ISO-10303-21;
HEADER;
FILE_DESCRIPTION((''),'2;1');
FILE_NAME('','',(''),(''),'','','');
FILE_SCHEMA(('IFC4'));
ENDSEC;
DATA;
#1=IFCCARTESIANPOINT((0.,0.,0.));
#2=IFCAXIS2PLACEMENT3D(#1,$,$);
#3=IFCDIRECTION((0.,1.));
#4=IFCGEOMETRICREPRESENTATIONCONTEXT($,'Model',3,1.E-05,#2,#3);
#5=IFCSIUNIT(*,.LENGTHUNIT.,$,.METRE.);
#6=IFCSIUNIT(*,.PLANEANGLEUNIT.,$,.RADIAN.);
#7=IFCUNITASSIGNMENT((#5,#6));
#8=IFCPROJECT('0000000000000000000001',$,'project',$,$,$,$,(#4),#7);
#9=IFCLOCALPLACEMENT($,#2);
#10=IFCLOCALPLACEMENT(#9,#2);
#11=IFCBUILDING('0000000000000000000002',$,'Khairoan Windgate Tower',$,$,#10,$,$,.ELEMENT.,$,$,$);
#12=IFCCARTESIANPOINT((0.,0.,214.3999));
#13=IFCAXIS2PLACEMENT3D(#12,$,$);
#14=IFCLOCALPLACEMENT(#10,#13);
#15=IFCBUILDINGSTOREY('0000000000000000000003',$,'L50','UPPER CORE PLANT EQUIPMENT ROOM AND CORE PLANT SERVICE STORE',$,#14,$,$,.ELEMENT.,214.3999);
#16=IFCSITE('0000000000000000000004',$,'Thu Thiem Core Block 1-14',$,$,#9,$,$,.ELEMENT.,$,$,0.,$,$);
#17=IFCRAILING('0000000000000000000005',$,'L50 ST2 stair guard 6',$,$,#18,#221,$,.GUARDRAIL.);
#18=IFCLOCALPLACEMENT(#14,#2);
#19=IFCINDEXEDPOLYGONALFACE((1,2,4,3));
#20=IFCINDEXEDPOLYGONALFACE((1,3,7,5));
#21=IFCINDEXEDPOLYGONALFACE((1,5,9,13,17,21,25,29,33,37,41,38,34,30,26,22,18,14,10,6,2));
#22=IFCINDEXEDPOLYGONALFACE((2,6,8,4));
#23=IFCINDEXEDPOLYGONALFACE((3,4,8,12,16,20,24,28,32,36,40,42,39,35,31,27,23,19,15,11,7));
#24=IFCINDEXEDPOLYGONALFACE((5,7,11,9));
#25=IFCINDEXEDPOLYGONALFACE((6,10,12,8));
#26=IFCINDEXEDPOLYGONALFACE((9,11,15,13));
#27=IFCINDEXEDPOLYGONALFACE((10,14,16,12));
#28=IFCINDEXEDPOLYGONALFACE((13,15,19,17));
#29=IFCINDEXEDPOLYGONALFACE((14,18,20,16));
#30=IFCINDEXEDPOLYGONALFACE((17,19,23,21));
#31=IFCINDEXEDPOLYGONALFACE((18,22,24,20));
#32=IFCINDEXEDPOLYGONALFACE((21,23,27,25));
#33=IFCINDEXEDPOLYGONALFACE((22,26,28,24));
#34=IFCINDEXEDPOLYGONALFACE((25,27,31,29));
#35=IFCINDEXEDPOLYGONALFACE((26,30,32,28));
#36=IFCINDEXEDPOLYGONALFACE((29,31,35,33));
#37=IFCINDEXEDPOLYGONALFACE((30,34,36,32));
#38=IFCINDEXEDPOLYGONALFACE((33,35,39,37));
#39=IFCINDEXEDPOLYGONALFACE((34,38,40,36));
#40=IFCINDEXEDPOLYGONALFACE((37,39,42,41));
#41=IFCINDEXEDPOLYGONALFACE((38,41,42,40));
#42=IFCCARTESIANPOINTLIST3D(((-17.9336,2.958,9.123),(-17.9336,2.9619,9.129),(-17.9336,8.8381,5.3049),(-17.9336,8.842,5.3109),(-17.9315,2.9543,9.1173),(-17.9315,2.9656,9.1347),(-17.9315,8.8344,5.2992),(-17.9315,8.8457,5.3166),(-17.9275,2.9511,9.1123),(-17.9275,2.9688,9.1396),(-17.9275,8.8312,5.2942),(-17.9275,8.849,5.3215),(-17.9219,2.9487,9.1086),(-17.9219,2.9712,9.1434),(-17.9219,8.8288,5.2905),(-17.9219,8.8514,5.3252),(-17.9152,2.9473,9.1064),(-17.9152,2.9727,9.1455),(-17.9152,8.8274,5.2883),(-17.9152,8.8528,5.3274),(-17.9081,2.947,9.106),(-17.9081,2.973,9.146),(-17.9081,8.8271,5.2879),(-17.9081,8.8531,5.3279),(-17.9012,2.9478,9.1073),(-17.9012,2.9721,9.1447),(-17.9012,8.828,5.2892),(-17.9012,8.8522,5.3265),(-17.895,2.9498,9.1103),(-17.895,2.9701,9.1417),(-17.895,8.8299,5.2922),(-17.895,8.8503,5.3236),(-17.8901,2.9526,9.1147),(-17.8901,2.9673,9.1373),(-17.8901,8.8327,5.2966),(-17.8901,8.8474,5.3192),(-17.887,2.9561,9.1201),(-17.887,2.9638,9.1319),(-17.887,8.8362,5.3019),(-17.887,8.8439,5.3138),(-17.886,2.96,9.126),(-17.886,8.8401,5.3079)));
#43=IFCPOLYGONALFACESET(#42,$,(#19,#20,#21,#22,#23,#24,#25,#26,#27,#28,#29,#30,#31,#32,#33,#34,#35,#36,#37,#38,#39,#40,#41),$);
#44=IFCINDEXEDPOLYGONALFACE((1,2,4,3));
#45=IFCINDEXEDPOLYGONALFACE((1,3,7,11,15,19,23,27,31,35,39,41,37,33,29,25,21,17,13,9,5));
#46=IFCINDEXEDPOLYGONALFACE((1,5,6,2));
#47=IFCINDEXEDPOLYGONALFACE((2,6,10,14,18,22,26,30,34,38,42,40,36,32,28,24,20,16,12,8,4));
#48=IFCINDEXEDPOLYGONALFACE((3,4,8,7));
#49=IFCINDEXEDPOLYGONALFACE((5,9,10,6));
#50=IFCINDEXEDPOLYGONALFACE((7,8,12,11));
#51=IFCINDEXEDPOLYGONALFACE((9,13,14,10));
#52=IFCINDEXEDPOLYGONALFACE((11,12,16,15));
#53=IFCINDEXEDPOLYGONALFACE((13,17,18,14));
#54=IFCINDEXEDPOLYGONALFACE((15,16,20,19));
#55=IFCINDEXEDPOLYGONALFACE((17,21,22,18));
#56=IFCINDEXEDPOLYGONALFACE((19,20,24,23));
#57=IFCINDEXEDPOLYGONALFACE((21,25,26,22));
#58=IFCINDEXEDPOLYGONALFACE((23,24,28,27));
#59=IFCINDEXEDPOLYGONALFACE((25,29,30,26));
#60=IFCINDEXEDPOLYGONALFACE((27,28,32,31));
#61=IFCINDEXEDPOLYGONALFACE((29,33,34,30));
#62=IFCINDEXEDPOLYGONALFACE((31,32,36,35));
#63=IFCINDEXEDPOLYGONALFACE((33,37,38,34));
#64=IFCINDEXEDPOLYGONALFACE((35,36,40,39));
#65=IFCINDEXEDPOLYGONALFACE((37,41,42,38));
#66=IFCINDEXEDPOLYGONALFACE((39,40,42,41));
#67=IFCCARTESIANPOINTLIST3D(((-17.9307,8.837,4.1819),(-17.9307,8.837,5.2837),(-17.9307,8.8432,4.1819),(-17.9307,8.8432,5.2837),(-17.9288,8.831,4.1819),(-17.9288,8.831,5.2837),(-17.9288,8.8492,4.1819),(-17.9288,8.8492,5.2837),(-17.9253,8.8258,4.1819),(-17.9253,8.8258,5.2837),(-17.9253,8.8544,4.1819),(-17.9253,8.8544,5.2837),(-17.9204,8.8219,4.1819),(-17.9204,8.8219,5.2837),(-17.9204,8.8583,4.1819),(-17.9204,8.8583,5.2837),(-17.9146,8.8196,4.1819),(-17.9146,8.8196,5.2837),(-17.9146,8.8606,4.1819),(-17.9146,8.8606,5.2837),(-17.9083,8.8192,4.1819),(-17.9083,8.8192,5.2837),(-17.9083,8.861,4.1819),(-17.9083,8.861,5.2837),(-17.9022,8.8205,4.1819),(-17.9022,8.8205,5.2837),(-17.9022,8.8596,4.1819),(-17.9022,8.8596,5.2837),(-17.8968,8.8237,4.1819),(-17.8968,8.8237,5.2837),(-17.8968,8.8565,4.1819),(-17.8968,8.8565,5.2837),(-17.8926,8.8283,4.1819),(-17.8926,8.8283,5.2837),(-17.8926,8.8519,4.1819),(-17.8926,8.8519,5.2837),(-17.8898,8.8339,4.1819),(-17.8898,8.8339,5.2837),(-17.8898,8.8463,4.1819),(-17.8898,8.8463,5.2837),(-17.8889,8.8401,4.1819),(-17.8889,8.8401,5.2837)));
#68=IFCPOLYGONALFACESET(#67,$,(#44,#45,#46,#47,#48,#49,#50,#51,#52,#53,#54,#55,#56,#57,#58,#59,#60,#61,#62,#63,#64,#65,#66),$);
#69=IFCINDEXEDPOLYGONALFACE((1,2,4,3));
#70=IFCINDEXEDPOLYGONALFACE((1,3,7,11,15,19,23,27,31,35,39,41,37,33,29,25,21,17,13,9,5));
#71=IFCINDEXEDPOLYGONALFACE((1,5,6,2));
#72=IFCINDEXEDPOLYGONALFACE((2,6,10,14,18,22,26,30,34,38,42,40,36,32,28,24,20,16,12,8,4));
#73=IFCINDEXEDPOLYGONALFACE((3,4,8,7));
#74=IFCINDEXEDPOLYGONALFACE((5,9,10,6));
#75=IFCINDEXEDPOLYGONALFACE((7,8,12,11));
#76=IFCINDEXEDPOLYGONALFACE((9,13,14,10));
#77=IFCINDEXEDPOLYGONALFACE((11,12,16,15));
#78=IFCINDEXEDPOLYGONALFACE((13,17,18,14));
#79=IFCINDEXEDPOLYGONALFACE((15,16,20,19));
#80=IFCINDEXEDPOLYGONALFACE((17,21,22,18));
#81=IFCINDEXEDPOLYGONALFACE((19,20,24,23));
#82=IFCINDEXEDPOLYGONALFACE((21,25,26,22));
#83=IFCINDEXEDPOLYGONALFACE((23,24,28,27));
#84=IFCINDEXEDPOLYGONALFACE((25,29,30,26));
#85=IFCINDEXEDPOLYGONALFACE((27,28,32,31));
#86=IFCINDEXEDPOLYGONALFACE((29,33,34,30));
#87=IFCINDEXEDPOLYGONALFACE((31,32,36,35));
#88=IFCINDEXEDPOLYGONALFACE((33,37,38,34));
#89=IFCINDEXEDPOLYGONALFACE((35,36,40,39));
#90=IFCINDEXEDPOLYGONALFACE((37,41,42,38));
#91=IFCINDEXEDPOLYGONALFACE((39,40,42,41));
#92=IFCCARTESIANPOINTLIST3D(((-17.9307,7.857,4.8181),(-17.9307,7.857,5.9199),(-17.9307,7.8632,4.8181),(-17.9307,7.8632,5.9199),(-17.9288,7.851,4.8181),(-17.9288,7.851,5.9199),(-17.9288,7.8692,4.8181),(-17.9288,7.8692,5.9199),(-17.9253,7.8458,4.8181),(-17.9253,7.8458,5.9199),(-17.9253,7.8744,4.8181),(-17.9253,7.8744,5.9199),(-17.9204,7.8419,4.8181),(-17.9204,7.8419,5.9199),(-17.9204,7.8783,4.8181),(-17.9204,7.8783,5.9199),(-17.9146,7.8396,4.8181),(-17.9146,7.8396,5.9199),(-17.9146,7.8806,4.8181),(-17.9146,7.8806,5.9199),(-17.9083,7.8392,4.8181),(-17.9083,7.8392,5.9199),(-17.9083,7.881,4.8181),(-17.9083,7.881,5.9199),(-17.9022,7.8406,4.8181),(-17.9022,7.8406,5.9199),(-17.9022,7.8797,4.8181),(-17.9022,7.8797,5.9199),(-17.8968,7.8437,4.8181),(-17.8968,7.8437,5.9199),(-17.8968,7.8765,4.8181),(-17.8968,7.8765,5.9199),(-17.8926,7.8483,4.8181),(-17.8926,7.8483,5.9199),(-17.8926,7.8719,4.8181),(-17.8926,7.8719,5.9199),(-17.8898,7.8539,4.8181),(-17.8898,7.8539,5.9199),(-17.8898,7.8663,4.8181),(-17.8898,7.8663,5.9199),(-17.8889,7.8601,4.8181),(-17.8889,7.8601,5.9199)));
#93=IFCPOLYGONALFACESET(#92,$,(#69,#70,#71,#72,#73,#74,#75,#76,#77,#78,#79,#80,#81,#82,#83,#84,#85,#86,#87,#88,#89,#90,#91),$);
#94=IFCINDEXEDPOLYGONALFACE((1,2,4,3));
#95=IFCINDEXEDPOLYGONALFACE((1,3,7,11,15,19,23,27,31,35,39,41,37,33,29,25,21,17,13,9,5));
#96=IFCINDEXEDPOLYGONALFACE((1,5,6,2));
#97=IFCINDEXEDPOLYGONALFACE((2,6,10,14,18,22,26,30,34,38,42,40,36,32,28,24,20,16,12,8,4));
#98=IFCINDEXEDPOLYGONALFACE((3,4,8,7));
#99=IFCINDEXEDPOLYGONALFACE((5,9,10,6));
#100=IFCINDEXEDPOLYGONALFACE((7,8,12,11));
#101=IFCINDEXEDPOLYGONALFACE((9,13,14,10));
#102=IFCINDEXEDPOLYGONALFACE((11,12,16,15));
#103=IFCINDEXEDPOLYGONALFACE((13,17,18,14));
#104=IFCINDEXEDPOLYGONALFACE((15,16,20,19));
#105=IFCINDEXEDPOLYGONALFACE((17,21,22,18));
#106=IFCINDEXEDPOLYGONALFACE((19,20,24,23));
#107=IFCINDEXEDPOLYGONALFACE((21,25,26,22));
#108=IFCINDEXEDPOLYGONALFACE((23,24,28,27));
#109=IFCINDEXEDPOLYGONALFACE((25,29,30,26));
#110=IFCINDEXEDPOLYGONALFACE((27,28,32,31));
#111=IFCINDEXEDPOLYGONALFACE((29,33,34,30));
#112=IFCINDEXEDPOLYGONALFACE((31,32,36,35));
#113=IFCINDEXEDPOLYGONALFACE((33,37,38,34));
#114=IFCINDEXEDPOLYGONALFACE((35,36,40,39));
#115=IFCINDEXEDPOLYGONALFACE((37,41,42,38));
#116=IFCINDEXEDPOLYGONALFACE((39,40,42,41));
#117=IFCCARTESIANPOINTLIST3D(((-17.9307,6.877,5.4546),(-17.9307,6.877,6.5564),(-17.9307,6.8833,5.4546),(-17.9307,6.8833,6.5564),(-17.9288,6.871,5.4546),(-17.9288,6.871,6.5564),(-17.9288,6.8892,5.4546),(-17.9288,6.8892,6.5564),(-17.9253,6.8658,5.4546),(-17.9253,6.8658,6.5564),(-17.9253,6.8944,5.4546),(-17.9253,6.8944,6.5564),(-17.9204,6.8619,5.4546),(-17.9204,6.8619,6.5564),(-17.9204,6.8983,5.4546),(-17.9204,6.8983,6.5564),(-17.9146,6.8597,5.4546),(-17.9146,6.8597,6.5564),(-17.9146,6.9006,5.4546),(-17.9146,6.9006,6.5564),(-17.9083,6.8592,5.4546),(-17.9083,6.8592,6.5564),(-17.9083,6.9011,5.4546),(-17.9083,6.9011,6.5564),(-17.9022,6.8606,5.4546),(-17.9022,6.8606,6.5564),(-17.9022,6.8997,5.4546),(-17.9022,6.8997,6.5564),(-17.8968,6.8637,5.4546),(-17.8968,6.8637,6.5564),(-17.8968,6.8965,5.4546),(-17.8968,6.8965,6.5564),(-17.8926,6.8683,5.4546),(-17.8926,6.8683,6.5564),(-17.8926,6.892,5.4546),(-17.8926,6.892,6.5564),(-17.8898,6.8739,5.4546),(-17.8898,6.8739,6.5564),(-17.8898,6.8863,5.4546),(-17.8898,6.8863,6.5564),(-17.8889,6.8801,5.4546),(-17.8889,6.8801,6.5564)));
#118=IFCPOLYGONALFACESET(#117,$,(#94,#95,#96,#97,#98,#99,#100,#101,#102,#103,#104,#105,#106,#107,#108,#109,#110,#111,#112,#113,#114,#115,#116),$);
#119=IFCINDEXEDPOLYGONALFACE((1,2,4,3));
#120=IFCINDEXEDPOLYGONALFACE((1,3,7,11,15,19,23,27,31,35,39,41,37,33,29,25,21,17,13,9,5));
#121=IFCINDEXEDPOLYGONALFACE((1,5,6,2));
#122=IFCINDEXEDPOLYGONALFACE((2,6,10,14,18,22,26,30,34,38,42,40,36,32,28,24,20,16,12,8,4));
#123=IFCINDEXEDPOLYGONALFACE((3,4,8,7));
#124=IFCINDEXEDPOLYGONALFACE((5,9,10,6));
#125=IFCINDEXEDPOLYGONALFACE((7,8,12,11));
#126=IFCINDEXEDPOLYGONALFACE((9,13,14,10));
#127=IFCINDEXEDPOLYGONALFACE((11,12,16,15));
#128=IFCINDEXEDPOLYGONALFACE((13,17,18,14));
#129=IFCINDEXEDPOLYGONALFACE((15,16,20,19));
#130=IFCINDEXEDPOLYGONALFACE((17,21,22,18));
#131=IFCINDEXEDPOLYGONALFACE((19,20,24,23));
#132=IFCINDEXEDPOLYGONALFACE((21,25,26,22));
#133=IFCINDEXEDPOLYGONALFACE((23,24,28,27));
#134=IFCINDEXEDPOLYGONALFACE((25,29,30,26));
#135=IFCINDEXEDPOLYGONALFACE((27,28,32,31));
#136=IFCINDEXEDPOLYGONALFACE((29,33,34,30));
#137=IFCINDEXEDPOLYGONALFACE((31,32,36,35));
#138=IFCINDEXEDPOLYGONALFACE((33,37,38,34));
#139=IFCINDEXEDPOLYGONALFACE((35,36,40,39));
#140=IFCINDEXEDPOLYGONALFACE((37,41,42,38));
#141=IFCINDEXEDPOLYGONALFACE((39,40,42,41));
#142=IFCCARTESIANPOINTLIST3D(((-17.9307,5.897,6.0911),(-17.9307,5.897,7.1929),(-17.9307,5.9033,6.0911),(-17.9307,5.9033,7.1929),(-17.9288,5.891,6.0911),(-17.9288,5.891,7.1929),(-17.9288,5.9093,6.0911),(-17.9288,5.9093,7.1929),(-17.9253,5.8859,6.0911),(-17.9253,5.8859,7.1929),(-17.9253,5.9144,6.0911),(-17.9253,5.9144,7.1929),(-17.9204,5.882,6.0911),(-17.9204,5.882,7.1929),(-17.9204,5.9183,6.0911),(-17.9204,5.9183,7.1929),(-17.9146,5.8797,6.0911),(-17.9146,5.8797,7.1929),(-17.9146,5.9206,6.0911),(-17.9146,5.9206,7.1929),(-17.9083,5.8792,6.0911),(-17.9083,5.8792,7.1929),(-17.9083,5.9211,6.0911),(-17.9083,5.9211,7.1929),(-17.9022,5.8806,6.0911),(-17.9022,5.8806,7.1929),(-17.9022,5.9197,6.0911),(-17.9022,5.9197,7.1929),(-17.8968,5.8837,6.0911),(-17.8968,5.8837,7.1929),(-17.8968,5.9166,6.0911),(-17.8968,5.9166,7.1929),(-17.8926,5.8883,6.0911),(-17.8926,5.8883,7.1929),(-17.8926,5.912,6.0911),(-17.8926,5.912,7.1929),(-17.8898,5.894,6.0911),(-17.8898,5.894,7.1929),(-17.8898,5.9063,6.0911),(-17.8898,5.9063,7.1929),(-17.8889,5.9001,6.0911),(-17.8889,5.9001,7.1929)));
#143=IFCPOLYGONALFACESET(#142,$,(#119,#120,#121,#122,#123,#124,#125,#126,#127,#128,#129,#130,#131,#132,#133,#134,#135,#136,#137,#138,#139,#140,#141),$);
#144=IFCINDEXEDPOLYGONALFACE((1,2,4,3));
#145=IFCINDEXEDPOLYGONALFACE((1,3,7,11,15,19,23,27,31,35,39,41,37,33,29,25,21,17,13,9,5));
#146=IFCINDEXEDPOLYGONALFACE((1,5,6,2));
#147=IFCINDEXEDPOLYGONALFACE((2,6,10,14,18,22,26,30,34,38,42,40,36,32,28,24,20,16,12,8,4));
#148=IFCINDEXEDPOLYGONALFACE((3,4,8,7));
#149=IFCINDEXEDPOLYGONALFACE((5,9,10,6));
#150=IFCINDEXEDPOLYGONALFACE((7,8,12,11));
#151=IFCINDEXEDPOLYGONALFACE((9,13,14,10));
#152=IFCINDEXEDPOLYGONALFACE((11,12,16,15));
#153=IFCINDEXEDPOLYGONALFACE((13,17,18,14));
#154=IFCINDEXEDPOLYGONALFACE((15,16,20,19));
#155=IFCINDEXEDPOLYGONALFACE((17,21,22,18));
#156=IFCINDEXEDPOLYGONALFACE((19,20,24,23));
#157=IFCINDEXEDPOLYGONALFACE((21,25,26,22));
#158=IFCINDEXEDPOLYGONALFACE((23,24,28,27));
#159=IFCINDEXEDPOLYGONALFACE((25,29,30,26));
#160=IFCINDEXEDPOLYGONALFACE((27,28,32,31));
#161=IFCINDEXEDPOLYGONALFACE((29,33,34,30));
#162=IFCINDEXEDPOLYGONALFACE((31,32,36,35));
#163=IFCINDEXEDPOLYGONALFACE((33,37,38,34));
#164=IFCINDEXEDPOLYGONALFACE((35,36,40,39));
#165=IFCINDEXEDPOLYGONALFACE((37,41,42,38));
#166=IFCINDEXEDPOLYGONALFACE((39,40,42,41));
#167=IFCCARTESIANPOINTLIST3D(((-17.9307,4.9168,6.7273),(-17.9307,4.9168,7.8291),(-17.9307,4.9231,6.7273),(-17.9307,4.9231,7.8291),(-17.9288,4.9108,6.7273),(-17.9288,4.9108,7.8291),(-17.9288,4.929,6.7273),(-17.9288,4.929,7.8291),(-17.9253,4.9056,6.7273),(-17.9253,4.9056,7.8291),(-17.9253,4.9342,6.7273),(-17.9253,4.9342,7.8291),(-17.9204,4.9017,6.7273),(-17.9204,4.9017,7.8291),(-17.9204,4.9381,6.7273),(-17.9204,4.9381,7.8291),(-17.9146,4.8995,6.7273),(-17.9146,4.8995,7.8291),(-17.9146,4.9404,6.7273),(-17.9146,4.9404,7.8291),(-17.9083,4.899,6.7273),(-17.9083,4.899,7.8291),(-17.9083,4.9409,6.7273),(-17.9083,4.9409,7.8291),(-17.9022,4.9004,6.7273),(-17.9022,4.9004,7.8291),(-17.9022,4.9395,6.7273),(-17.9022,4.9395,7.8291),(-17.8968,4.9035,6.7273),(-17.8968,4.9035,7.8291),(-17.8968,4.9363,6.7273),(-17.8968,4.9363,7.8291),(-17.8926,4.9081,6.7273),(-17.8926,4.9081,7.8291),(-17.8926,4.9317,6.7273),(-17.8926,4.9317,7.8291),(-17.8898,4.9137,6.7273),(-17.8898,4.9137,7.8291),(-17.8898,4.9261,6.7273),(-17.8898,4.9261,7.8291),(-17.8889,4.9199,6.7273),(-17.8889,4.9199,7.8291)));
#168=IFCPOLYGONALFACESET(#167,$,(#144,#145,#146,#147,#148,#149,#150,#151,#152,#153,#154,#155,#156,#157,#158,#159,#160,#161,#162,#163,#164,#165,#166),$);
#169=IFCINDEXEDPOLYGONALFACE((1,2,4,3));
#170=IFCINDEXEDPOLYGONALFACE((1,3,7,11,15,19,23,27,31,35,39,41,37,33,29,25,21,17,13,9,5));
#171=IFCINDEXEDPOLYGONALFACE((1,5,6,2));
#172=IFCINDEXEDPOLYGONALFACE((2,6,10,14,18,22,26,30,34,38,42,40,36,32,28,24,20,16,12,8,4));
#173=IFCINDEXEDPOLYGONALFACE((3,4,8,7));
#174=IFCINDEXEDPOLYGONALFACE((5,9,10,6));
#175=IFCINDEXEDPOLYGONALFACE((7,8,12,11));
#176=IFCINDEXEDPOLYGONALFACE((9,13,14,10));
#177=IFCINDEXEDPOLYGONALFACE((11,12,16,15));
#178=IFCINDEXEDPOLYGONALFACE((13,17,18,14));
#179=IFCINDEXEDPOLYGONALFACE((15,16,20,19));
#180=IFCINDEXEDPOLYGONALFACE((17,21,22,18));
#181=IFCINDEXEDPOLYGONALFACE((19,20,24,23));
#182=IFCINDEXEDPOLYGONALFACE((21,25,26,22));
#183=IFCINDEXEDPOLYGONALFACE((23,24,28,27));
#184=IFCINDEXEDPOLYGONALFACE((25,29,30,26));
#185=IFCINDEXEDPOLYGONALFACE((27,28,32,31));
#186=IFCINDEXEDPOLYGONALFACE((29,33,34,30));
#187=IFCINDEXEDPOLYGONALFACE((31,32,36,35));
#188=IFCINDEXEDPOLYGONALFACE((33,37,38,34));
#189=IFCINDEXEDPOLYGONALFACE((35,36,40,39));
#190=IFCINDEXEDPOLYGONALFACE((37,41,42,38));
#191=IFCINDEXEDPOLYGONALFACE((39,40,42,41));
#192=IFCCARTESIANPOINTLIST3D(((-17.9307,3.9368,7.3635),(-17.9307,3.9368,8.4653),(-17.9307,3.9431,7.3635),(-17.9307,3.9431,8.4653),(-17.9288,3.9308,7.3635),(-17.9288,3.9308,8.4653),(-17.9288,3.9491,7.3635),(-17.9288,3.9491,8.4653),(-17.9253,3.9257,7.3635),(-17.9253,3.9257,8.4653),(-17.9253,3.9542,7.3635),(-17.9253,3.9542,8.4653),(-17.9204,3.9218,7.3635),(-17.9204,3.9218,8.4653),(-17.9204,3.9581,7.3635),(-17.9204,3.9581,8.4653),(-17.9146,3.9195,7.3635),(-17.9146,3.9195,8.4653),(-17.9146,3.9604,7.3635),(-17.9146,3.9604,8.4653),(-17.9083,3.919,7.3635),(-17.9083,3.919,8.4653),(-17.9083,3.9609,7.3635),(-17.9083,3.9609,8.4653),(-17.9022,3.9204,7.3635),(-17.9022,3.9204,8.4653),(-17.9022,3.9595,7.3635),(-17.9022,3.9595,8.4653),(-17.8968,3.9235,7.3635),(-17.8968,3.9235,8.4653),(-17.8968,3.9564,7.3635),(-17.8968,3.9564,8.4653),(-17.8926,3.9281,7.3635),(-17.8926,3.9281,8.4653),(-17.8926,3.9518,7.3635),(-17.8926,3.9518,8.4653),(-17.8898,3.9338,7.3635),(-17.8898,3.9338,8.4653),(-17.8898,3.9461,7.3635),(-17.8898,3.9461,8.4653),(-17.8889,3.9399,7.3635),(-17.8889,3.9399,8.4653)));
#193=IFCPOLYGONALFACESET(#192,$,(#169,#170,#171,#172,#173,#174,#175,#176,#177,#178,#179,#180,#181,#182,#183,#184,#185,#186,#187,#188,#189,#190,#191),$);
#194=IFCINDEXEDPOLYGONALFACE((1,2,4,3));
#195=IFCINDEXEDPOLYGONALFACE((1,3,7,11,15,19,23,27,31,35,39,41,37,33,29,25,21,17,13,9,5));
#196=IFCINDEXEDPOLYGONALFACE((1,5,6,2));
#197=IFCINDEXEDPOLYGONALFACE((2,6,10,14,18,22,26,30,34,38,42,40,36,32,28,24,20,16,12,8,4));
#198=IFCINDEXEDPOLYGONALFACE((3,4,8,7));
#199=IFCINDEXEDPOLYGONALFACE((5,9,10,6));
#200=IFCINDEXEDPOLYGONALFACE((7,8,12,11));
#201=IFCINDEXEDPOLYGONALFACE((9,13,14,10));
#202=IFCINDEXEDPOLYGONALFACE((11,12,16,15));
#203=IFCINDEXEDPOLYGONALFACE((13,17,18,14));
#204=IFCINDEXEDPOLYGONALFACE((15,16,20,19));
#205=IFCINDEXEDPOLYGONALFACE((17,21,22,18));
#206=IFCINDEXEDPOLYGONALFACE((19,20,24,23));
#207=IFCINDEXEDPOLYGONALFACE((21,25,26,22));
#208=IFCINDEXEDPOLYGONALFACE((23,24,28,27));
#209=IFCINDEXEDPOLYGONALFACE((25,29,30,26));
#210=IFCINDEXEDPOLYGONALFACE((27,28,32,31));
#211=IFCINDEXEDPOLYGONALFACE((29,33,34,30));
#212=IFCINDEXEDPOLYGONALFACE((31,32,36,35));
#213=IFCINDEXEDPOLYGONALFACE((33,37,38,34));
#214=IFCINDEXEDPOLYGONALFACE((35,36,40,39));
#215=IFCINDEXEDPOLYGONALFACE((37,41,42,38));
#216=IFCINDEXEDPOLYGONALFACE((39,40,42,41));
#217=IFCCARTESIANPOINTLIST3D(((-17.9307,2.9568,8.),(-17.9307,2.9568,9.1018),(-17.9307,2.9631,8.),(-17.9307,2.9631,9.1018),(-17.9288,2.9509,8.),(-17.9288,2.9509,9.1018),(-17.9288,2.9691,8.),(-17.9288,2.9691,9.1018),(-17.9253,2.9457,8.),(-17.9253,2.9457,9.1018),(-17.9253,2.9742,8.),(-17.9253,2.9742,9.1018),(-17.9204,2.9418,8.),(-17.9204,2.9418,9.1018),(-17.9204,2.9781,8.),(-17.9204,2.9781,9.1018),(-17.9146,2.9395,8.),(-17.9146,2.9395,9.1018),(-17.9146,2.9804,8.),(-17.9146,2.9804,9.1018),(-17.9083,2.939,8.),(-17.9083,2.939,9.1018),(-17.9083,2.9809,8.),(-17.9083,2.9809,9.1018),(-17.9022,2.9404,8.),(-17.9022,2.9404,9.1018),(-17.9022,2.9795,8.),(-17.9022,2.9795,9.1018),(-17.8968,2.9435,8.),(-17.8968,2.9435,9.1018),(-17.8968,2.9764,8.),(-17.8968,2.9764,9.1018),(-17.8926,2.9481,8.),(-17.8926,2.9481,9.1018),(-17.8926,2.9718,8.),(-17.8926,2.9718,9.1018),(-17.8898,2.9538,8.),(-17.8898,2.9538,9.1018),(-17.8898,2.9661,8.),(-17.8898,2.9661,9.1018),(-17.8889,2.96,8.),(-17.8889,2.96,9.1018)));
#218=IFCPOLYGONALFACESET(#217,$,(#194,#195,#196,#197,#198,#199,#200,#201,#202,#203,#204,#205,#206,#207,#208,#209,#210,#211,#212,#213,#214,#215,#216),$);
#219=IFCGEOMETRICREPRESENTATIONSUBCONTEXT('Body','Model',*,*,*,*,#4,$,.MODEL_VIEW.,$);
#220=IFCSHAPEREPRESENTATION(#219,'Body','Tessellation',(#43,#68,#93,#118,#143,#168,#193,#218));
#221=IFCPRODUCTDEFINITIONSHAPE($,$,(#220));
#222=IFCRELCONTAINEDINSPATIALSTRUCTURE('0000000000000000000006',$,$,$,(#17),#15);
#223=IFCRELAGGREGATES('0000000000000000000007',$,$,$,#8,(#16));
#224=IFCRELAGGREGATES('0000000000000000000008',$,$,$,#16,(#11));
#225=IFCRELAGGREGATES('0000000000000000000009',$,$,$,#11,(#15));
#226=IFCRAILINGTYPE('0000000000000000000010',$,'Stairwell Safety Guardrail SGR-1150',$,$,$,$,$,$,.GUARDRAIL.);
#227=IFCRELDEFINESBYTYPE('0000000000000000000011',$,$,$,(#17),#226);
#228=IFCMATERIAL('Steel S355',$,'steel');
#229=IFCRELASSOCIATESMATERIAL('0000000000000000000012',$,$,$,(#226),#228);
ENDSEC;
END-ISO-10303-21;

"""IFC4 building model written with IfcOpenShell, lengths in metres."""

from ifc_helpers import new_model, si_unit, direction, frame, origin, origin_2d, place, context, subcontext, project, spatial, circle, extrude, material, type_object, element, save


model = new_model("IFC4")

# Units and contexts
model_context = context("Model", 3, precision=1e-05, world=origin(), true_north=direction((0.0, 1.0)))
body_context = subcontext(model_context, "Body", "Model", "MODEL_VIEW")
ifc_project = project(units=[si_unit("LENGTHUNIT", "METRE"), si_unit("PLANEANGLEUNIT", "RADIAN")], contexts=[model_context])

# Site, building, storey
site_placement = place(None, origin())
site = spatial("IfcSite", under=ifc_project, at=site_placement, Name="Thu Thiem Core Block 1-14", CompositionType="ELEMENT", RefElevation=0.0)
building_placement = place(site_placement, origin())
building = spatial("IfcBuilding", under=site, at=building_placement, Name="Khairoan Windgate Tower", CompositionType="ELEMENT")
storey_placement = place(building_placement, frame((0.0, 0.0, 214.3999)))
storey = spatial("IfcBuildingStorey", under=building, at=storey_placement, Name="L50", Description="UPPER CORE PLANT EQUIPMENT ROOM AND CORE PLANT SERVICE STORE", CompositionType="ELEMENT", Elevation=214.3999)

# Railing
ifc_material_1 = material(Name="Steel S355", Category="steel")
railing_type_1 = type_object("IfcRailingType", Name="Stairwell Safety Guardrail SGR-1150", PredefinedType="GUARDRAIL", material=ifc_material_1)
railing_1_placement = place(storey_placement, frame((-17.9099, 8.8401, 4.1819)))
element("IfcRailing", 1, at=railing_1_placement, inside=storey, type_object=railing_type_1, Name="L50 ST2 stair guard 6", PredefinedType="GUARDRAIL", context=body_context, shape_type="SweptSolid", body=[
    extrude(circle(Radius=0.0239, at=origin_2d()), frame((0.0, 0.0, 1.126), z_axis=(0.0, -0.838702, 0.54459), x_axis=(1.0, 0.0, 0.0)), (0.0, 0.0, 1.0), 7.011),
    extrude(circle(Radius=0.021, at=origin_2d()), origin(), (0.0, 0.0, 1.0), 1.1018),
    extrude(circle(Radius=0.021, at=origin_2d()), frame((0.0, -0.98, 0.6362)), (0.0, 0.0, 1.0), 1.1018),
    extrude(circle(Radius=0.021, at=origin_2d()), frame((0.0, -1.96, 1.2727)), (0.0, 0.0, 1.0), 1.1018),
    extrude(circle(Radius=0.021, at=origin_2d()), frame((0.0, -2.9399, 1.9092)), (0.0, 0.0, 1.0), 1.1018),
    extrude(circle(Radius=0.021, at=origin_2d()), frame((0.0, -3.9202, 2.5454)), (0.0, 0.0, 1.0), 1.1018),
    extrude(circle(Radius=0.021, at=origin_2d()), frame((0.0, -4.9001, 3.1816)), (0.0, 0.0, 1.0), 1.1018),
    extrude(circle(Radius=0.021, at=origin_2d()), frame((0.0, -5.8801, 3.8181)), (0.0, 0.0, 1.0), 1.1018),
])

save(model, "model.ifc")
